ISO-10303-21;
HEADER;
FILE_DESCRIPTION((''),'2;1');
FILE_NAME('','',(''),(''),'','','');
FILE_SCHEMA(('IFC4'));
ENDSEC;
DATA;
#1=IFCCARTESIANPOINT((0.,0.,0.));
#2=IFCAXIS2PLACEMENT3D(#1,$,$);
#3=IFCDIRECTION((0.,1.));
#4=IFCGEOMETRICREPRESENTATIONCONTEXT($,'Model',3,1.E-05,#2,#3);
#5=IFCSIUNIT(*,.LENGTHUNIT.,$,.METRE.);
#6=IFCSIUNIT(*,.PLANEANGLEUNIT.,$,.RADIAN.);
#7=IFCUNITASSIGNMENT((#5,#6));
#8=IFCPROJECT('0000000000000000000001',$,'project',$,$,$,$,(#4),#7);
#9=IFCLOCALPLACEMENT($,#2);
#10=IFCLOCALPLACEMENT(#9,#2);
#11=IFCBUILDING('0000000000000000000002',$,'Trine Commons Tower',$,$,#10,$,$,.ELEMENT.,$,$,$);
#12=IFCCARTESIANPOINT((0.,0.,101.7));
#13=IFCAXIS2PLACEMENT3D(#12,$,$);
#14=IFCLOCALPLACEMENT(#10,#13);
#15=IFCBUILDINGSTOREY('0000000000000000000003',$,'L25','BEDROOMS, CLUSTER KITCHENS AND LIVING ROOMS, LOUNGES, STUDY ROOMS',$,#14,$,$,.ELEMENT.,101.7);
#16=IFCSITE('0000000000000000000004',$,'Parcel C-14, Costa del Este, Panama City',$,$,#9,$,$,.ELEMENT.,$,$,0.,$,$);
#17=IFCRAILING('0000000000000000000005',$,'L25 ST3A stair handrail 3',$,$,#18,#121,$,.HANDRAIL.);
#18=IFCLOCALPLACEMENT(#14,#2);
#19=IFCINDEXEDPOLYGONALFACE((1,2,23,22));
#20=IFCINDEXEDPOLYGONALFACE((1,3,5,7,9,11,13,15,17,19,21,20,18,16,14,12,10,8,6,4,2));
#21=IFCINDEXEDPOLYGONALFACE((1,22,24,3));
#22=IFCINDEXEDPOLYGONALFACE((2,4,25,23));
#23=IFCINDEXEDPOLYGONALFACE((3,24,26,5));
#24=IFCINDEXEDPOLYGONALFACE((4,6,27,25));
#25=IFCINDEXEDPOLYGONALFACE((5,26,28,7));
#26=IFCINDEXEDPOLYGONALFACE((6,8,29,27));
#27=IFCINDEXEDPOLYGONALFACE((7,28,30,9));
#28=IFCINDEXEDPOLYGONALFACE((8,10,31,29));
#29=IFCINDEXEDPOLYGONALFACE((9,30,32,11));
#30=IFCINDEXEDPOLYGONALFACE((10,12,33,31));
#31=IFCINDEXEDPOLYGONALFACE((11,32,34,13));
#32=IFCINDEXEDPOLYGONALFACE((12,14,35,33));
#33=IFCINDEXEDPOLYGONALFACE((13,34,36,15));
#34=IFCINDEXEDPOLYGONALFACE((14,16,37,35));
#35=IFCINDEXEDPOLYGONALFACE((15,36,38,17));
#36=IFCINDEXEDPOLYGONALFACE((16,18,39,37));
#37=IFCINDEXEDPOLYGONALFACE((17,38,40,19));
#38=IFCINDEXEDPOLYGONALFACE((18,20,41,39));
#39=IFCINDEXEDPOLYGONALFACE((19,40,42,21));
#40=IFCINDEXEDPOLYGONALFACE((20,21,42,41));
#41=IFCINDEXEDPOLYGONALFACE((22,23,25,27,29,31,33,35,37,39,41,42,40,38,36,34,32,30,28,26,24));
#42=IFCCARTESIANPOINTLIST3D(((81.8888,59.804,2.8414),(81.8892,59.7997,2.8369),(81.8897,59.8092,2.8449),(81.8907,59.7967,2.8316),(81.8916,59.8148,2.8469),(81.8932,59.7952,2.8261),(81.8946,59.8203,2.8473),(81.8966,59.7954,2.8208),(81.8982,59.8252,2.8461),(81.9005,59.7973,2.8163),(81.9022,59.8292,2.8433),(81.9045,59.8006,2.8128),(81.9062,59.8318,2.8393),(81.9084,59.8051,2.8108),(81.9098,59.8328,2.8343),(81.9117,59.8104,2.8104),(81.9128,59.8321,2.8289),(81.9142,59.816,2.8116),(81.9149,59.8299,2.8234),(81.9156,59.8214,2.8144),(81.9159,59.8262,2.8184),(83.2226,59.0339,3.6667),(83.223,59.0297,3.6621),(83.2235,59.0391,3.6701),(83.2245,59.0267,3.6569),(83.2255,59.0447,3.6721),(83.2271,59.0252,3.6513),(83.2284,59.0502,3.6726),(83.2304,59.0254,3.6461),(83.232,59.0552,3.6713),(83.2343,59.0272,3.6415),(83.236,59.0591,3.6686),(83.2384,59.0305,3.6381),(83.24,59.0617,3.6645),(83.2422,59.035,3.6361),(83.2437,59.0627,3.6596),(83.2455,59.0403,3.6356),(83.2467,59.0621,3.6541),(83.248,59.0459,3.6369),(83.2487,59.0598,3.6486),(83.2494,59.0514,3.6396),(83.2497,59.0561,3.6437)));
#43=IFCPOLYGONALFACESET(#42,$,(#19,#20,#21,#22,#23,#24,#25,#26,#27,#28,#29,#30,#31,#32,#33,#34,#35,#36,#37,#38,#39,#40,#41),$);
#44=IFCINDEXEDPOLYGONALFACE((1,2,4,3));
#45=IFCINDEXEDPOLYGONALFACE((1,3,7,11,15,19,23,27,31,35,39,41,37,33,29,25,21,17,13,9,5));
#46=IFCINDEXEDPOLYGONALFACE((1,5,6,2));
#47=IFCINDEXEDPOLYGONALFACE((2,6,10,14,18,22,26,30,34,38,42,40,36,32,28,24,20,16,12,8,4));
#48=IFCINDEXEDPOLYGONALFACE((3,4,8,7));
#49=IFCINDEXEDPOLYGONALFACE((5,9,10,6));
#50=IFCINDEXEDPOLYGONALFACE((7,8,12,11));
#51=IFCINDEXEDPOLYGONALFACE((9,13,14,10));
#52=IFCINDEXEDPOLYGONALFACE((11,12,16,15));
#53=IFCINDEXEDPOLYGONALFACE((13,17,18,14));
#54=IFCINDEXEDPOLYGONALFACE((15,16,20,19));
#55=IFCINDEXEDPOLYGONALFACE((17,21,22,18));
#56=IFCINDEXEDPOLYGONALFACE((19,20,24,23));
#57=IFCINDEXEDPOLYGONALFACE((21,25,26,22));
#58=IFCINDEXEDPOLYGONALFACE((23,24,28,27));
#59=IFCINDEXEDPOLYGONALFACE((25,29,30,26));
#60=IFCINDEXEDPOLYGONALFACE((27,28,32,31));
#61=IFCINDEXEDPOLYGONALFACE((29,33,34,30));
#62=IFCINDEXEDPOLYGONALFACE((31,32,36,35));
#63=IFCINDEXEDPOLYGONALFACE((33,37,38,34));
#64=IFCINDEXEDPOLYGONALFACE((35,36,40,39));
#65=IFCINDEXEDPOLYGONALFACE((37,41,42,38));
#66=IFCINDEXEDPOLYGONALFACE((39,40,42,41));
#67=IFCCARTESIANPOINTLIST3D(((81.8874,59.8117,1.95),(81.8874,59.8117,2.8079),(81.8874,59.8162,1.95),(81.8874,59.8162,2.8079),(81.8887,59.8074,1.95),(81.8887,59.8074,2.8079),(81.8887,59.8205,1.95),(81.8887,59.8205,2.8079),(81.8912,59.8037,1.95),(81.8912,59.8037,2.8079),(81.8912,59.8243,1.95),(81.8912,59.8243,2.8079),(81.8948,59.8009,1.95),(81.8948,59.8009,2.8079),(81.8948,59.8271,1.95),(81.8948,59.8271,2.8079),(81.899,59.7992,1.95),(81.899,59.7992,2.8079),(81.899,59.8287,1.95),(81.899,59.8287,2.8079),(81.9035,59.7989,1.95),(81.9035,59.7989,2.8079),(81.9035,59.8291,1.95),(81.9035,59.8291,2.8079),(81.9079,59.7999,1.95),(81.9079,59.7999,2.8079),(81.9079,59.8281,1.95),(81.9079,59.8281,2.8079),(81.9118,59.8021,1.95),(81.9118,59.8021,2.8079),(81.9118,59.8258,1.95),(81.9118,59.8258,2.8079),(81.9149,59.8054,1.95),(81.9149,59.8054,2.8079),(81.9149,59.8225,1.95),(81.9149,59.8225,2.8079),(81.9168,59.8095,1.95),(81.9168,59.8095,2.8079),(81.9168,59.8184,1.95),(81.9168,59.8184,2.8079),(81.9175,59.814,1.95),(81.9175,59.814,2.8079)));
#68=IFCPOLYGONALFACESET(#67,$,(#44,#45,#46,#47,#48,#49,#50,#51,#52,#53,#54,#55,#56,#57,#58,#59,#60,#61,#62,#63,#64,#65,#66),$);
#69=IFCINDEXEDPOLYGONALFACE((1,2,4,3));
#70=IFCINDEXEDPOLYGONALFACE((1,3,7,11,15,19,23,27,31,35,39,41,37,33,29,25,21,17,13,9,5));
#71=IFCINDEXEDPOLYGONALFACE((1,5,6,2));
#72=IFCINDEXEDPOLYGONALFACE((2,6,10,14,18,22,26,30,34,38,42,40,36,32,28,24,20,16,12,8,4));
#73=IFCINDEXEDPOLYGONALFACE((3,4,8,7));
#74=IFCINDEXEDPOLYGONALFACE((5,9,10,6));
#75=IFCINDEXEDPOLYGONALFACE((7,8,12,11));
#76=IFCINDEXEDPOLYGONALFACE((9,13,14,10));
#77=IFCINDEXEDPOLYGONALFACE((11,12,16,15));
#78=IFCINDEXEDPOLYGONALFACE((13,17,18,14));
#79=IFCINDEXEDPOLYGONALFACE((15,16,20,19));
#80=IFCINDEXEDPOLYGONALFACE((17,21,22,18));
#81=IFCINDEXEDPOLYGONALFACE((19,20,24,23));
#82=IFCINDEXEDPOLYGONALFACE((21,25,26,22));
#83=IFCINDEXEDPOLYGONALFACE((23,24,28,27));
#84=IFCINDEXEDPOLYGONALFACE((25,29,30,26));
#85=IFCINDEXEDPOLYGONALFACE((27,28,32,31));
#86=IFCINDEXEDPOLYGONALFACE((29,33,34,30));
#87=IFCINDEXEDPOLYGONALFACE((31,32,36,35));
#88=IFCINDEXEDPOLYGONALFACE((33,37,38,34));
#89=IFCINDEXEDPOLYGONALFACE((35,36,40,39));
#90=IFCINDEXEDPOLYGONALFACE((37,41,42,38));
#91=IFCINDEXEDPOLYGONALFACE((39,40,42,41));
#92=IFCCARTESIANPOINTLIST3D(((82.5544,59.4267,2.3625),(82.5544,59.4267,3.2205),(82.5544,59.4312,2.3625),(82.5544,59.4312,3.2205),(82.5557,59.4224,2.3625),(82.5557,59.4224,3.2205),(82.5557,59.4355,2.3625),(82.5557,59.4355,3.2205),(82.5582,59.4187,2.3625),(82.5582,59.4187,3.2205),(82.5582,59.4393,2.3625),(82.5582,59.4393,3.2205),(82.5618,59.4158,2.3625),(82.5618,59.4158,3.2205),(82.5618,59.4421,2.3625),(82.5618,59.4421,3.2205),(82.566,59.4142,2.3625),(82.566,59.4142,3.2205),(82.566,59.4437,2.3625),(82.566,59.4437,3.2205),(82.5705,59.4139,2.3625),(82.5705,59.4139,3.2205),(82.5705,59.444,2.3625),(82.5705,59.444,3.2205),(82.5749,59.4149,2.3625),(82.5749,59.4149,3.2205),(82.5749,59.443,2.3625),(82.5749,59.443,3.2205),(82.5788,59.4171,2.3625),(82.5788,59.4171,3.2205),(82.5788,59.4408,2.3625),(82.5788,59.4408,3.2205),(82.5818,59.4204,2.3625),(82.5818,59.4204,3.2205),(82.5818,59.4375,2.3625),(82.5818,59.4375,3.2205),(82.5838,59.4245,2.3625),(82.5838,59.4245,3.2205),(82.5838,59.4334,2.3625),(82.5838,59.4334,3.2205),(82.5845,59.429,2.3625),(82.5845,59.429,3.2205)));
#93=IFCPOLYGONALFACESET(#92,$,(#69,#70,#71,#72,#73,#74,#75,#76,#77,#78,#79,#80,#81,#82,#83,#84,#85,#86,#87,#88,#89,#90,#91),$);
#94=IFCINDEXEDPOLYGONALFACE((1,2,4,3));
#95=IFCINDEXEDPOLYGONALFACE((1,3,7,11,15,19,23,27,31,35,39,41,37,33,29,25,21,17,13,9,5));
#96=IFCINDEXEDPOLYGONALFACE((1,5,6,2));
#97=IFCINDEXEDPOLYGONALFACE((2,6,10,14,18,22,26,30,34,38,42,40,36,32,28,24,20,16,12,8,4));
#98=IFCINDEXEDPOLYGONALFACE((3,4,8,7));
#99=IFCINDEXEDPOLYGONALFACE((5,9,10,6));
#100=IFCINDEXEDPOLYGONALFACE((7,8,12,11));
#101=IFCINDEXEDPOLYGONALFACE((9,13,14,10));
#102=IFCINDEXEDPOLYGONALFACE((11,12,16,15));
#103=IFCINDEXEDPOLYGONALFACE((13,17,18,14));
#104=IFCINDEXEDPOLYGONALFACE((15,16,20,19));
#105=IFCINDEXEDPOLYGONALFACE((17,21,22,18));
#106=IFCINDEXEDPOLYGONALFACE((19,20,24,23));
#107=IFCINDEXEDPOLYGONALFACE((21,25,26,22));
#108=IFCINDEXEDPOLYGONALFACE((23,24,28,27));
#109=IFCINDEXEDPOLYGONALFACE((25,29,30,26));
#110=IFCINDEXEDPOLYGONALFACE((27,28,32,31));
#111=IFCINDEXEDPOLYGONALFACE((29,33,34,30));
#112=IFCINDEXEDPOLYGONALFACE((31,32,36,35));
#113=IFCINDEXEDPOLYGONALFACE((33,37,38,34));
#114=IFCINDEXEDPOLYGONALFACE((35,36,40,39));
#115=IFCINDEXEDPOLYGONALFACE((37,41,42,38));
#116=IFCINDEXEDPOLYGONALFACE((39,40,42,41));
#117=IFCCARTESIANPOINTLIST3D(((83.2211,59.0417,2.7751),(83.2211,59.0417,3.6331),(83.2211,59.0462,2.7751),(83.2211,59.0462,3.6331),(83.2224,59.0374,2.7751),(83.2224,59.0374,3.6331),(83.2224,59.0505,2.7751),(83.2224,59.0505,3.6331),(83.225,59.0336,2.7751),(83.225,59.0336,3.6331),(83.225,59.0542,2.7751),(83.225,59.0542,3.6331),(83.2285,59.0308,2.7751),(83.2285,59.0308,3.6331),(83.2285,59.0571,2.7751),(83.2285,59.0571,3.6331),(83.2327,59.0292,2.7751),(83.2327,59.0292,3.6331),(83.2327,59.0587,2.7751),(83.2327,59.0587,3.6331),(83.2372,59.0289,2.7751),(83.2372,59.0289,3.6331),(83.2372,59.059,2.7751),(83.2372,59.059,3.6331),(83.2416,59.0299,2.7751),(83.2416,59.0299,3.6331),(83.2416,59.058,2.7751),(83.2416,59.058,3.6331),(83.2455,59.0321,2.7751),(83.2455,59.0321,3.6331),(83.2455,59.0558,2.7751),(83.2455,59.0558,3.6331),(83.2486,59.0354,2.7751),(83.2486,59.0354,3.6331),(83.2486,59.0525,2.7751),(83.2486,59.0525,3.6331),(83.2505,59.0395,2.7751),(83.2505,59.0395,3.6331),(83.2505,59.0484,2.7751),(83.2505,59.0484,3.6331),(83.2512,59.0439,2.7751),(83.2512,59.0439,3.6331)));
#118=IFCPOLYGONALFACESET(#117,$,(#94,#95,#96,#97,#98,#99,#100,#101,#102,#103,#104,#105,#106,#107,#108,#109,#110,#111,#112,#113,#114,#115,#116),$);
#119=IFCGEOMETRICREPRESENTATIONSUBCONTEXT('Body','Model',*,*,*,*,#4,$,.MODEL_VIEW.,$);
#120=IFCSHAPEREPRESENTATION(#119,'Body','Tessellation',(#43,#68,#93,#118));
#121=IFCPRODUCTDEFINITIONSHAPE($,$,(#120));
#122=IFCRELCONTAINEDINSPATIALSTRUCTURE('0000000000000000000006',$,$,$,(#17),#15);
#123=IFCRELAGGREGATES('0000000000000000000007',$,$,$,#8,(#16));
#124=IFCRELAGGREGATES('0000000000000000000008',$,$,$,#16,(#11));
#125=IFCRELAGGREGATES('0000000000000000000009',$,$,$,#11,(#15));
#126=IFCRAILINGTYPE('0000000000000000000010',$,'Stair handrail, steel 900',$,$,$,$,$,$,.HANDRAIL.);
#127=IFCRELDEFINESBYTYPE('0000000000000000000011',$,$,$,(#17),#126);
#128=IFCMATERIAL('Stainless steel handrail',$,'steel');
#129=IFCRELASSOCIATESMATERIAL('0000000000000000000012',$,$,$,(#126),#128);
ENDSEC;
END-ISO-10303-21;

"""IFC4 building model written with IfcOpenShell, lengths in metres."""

from ifc_helpers import new_model, si_unit, direction, frame, origin, origin_2d, place, context, subcontext, project, spatial, circle, extrude, material, type_object, element, save


model = new_model("IFC4")

# Units and contexts
model_context = context("Model", 3, precision=1e-05, world=origin(), true_north=direction((0.0, 1.0)))
body_context = subcontext(model_context, "Body", "Model", "MODEL_VIEW")
ifc_project = project(units=[si_unit("LENGTHUNIT", "METRE"), si_unit("PLANEANGLEUNIT", "RADIAN")], contexts=[model_context])

# Site, building, storey
site_placement = place(None, origin())
site = spatial("IfcSite", under=ifc_project, at=site_placement, Name="Parcel C-14, Costa del Este, Panama City", CompositionType="ELEMENT", RefElevation=0.0)
building_placement = place(site_placement, origin())
building = spatial("IfcBuilding", under=site, at=building_placement, Name="Trine Commons Tower", CompositionType="ELEMENT")
storey_placement = place(building_placement, frame((0.0, 0.0, 101.7)))
storey = spatial("IfcBuildingStorey", under=building, at=storey_placement, Name="L25", Description="BEDROOMS, CLUSTER KITCHENS AND LIVING ROOMS, LOUNGES, STUDY ROOMS", CompositionType="ELEMENT", Elevation=101.7)

# Railing
ifc_material_1 = material(Name="Stainless steel handrail", Category="steel")
railing_type_1 = type_object("IfcRailingType", Name="Stair handrail, steel 900", PredefinedType="HANDRAIL", material=ifc_material_1)
railing_1_placement = place(storey_placement, frame((81.9023, 59.814, 1.95)))
element("IfcRailing", 1, at=railing_1_placement, inside=storey, type_object=railing_type_1, Name="L25 ST3A stair handrail 3", PredefinedType="HANDRAIL", context=body_context, shape_type="SweptSolid", body=[
    extrude(circle(Radius=0.021, at=origin_2d()), frame((0.0, 0.0, 0.8789), z_axis=(0.763355, -0.440714, 0.472293), x_axis=(0.499992, 0.86603, 0.0)), (0.0, 0.0, 1.0), 1.7473),
    extrude(circle(Radius=0.0151, at=origin_2d()), origin(), (0.0, 0.0, 1.0), 0.8579),
    extrude(circle(Radius=0.0151, at=origin_2d()), frame((0.667, -0.385, 0.4126)), (0.0, 0.0, 1.0), 0.8579),
    extrude(circle(Radius=0.0151, at=origin_2d()), frame((1.3337, -0.77, 0.8252)), (0.0, 0.0, 1.0), 0.8579),
])

save(model, "model.ifc")
